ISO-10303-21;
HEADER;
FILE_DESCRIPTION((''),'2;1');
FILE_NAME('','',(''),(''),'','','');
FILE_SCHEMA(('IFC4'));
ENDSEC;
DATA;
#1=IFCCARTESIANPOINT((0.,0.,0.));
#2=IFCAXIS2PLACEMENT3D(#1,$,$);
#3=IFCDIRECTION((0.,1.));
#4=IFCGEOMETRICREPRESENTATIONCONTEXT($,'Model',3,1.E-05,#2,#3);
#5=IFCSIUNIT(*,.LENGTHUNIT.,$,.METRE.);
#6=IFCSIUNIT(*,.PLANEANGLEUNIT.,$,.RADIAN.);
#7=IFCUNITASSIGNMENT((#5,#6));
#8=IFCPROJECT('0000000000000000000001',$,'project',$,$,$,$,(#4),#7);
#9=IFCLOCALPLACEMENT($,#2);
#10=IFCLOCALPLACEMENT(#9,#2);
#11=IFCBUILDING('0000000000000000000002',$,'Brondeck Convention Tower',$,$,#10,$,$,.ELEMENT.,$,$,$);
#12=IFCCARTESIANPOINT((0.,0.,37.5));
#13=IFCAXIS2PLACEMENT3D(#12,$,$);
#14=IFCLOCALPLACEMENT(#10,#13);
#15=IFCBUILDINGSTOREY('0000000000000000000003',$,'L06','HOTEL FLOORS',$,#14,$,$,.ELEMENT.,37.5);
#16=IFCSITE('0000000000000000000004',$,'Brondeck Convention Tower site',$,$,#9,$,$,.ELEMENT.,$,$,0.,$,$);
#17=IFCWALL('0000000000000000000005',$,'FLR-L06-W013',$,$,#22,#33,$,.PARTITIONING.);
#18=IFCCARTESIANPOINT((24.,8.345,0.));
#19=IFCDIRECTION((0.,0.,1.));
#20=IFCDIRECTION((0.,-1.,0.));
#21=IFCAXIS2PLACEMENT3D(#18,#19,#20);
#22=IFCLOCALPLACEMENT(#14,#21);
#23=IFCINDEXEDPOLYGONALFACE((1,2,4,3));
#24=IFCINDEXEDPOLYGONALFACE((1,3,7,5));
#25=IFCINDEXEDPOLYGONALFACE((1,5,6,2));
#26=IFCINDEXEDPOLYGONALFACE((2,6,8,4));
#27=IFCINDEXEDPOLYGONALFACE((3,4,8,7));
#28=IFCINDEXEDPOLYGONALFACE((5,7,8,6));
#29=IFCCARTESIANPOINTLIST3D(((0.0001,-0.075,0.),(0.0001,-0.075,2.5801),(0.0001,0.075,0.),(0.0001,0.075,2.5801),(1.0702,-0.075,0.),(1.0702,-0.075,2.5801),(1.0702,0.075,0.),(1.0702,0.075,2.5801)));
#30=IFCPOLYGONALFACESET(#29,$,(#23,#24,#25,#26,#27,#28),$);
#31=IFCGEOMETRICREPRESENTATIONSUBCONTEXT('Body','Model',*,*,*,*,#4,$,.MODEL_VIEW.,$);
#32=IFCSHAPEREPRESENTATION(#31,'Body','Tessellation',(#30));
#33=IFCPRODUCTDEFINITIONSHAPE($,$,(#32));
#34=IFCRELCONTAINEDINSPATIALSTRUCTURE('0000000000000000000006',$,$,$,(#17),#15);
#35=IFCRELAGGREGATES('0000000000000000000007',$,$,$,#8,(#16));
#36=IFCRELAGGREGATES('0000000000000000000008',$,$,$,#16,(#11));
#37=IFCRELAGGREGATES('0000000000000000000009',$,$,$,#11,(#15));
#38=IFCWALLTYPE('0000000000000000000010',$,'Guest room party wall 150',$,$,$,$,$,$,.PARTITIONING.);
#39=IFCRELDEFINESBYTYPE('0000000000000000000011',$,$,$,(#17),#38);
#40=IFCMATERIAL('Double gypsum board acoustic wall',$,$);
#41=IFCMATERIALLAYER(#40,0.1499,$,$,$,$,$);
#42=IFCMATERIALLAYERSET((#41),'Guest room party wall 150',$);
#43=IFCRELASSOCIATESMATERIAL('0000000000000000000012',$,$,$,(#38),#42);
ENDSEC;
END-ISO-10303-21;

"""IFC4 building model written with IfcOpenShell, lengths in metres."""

from ifc_helpers import new_model, si_unit, direction, frame, frame_2d, origin, place, context, subcontext, project, spatial, rectangle, extrude, material, layer, layer_set, type_object, element, save


model = new_model("IFC4")

# Units and contexts
model_context = context("Model", 3, precision=1e-05, world=origin(), true_north=direction((0.0, 1.0)))
body_context = subcontext(model_context, "Body", "Model", "MODEL_VIEW")
ifc_project = project(units=[si_unit("LENGTHUNIT", "METRE"), si_unit("PLANEANGLEUNIT", "RADIAN")], contexts=[model_context])

# Site, building, storey
site_placement = place(None, origin())
site = spatial("IfcSite", under=ifc_project, at=site_placement, Name="Brondeck Convention Tower site", CompositionType="ELEMENT", RefElevation=0.0)
building_placement = place(site_placement, origin())
building = spatial("IfcBuilding", under=site, at=building_placement, Name="Brondeck Convention Tower", CompositionType="ELEMENT")
storey_placement = place(building_placement, frame((0.0, 0.0, 37.5)))
storey = spatial("IfcBuildingStorey", under=building, at=storey_placement, Name="L06", Description="HOTEL FLOORS", CompositionType="ELEMENT", Elevation=37.5)

# Shared definitions
ifc_material_1 = material(Name="Double gypsum board acoustic wall")
ifc_layer_1 = layer(ifc_material_1, 0.1499)
ifc_layer_set_1 = layer_set([ifc_layer_1], Name="Guest room party wall 150")
wall_type_1 = type_object("IfcWallType", Name="Guest room party wall 150", PredefinedType="PARTITIONING", material=ifc_layer_set_1)

# Wall
wall_1_placement = place(storey_placement, frame((24.0, 8.345, 0.0), z_axis=(0.0, 0.0, 1.0), x_axis=(0.0, -1.0, 0.0)))
element("IfcWall", 1, at=wall_1_placement, inside=storey, type_object=wall_type_1, Name="FLR-L06-W013", PredefinedType="PARTITIONING", context=body_context, shape_type="SweptSolid", body=[
    extrude(rectangle(XDim=1.0701, YDim=0.1499, at=frame_2d((0.5352, 0.0))), origin(), (0.0, 0.0, 1.0), 2.5801),
])

save(model, "model.ifc")
